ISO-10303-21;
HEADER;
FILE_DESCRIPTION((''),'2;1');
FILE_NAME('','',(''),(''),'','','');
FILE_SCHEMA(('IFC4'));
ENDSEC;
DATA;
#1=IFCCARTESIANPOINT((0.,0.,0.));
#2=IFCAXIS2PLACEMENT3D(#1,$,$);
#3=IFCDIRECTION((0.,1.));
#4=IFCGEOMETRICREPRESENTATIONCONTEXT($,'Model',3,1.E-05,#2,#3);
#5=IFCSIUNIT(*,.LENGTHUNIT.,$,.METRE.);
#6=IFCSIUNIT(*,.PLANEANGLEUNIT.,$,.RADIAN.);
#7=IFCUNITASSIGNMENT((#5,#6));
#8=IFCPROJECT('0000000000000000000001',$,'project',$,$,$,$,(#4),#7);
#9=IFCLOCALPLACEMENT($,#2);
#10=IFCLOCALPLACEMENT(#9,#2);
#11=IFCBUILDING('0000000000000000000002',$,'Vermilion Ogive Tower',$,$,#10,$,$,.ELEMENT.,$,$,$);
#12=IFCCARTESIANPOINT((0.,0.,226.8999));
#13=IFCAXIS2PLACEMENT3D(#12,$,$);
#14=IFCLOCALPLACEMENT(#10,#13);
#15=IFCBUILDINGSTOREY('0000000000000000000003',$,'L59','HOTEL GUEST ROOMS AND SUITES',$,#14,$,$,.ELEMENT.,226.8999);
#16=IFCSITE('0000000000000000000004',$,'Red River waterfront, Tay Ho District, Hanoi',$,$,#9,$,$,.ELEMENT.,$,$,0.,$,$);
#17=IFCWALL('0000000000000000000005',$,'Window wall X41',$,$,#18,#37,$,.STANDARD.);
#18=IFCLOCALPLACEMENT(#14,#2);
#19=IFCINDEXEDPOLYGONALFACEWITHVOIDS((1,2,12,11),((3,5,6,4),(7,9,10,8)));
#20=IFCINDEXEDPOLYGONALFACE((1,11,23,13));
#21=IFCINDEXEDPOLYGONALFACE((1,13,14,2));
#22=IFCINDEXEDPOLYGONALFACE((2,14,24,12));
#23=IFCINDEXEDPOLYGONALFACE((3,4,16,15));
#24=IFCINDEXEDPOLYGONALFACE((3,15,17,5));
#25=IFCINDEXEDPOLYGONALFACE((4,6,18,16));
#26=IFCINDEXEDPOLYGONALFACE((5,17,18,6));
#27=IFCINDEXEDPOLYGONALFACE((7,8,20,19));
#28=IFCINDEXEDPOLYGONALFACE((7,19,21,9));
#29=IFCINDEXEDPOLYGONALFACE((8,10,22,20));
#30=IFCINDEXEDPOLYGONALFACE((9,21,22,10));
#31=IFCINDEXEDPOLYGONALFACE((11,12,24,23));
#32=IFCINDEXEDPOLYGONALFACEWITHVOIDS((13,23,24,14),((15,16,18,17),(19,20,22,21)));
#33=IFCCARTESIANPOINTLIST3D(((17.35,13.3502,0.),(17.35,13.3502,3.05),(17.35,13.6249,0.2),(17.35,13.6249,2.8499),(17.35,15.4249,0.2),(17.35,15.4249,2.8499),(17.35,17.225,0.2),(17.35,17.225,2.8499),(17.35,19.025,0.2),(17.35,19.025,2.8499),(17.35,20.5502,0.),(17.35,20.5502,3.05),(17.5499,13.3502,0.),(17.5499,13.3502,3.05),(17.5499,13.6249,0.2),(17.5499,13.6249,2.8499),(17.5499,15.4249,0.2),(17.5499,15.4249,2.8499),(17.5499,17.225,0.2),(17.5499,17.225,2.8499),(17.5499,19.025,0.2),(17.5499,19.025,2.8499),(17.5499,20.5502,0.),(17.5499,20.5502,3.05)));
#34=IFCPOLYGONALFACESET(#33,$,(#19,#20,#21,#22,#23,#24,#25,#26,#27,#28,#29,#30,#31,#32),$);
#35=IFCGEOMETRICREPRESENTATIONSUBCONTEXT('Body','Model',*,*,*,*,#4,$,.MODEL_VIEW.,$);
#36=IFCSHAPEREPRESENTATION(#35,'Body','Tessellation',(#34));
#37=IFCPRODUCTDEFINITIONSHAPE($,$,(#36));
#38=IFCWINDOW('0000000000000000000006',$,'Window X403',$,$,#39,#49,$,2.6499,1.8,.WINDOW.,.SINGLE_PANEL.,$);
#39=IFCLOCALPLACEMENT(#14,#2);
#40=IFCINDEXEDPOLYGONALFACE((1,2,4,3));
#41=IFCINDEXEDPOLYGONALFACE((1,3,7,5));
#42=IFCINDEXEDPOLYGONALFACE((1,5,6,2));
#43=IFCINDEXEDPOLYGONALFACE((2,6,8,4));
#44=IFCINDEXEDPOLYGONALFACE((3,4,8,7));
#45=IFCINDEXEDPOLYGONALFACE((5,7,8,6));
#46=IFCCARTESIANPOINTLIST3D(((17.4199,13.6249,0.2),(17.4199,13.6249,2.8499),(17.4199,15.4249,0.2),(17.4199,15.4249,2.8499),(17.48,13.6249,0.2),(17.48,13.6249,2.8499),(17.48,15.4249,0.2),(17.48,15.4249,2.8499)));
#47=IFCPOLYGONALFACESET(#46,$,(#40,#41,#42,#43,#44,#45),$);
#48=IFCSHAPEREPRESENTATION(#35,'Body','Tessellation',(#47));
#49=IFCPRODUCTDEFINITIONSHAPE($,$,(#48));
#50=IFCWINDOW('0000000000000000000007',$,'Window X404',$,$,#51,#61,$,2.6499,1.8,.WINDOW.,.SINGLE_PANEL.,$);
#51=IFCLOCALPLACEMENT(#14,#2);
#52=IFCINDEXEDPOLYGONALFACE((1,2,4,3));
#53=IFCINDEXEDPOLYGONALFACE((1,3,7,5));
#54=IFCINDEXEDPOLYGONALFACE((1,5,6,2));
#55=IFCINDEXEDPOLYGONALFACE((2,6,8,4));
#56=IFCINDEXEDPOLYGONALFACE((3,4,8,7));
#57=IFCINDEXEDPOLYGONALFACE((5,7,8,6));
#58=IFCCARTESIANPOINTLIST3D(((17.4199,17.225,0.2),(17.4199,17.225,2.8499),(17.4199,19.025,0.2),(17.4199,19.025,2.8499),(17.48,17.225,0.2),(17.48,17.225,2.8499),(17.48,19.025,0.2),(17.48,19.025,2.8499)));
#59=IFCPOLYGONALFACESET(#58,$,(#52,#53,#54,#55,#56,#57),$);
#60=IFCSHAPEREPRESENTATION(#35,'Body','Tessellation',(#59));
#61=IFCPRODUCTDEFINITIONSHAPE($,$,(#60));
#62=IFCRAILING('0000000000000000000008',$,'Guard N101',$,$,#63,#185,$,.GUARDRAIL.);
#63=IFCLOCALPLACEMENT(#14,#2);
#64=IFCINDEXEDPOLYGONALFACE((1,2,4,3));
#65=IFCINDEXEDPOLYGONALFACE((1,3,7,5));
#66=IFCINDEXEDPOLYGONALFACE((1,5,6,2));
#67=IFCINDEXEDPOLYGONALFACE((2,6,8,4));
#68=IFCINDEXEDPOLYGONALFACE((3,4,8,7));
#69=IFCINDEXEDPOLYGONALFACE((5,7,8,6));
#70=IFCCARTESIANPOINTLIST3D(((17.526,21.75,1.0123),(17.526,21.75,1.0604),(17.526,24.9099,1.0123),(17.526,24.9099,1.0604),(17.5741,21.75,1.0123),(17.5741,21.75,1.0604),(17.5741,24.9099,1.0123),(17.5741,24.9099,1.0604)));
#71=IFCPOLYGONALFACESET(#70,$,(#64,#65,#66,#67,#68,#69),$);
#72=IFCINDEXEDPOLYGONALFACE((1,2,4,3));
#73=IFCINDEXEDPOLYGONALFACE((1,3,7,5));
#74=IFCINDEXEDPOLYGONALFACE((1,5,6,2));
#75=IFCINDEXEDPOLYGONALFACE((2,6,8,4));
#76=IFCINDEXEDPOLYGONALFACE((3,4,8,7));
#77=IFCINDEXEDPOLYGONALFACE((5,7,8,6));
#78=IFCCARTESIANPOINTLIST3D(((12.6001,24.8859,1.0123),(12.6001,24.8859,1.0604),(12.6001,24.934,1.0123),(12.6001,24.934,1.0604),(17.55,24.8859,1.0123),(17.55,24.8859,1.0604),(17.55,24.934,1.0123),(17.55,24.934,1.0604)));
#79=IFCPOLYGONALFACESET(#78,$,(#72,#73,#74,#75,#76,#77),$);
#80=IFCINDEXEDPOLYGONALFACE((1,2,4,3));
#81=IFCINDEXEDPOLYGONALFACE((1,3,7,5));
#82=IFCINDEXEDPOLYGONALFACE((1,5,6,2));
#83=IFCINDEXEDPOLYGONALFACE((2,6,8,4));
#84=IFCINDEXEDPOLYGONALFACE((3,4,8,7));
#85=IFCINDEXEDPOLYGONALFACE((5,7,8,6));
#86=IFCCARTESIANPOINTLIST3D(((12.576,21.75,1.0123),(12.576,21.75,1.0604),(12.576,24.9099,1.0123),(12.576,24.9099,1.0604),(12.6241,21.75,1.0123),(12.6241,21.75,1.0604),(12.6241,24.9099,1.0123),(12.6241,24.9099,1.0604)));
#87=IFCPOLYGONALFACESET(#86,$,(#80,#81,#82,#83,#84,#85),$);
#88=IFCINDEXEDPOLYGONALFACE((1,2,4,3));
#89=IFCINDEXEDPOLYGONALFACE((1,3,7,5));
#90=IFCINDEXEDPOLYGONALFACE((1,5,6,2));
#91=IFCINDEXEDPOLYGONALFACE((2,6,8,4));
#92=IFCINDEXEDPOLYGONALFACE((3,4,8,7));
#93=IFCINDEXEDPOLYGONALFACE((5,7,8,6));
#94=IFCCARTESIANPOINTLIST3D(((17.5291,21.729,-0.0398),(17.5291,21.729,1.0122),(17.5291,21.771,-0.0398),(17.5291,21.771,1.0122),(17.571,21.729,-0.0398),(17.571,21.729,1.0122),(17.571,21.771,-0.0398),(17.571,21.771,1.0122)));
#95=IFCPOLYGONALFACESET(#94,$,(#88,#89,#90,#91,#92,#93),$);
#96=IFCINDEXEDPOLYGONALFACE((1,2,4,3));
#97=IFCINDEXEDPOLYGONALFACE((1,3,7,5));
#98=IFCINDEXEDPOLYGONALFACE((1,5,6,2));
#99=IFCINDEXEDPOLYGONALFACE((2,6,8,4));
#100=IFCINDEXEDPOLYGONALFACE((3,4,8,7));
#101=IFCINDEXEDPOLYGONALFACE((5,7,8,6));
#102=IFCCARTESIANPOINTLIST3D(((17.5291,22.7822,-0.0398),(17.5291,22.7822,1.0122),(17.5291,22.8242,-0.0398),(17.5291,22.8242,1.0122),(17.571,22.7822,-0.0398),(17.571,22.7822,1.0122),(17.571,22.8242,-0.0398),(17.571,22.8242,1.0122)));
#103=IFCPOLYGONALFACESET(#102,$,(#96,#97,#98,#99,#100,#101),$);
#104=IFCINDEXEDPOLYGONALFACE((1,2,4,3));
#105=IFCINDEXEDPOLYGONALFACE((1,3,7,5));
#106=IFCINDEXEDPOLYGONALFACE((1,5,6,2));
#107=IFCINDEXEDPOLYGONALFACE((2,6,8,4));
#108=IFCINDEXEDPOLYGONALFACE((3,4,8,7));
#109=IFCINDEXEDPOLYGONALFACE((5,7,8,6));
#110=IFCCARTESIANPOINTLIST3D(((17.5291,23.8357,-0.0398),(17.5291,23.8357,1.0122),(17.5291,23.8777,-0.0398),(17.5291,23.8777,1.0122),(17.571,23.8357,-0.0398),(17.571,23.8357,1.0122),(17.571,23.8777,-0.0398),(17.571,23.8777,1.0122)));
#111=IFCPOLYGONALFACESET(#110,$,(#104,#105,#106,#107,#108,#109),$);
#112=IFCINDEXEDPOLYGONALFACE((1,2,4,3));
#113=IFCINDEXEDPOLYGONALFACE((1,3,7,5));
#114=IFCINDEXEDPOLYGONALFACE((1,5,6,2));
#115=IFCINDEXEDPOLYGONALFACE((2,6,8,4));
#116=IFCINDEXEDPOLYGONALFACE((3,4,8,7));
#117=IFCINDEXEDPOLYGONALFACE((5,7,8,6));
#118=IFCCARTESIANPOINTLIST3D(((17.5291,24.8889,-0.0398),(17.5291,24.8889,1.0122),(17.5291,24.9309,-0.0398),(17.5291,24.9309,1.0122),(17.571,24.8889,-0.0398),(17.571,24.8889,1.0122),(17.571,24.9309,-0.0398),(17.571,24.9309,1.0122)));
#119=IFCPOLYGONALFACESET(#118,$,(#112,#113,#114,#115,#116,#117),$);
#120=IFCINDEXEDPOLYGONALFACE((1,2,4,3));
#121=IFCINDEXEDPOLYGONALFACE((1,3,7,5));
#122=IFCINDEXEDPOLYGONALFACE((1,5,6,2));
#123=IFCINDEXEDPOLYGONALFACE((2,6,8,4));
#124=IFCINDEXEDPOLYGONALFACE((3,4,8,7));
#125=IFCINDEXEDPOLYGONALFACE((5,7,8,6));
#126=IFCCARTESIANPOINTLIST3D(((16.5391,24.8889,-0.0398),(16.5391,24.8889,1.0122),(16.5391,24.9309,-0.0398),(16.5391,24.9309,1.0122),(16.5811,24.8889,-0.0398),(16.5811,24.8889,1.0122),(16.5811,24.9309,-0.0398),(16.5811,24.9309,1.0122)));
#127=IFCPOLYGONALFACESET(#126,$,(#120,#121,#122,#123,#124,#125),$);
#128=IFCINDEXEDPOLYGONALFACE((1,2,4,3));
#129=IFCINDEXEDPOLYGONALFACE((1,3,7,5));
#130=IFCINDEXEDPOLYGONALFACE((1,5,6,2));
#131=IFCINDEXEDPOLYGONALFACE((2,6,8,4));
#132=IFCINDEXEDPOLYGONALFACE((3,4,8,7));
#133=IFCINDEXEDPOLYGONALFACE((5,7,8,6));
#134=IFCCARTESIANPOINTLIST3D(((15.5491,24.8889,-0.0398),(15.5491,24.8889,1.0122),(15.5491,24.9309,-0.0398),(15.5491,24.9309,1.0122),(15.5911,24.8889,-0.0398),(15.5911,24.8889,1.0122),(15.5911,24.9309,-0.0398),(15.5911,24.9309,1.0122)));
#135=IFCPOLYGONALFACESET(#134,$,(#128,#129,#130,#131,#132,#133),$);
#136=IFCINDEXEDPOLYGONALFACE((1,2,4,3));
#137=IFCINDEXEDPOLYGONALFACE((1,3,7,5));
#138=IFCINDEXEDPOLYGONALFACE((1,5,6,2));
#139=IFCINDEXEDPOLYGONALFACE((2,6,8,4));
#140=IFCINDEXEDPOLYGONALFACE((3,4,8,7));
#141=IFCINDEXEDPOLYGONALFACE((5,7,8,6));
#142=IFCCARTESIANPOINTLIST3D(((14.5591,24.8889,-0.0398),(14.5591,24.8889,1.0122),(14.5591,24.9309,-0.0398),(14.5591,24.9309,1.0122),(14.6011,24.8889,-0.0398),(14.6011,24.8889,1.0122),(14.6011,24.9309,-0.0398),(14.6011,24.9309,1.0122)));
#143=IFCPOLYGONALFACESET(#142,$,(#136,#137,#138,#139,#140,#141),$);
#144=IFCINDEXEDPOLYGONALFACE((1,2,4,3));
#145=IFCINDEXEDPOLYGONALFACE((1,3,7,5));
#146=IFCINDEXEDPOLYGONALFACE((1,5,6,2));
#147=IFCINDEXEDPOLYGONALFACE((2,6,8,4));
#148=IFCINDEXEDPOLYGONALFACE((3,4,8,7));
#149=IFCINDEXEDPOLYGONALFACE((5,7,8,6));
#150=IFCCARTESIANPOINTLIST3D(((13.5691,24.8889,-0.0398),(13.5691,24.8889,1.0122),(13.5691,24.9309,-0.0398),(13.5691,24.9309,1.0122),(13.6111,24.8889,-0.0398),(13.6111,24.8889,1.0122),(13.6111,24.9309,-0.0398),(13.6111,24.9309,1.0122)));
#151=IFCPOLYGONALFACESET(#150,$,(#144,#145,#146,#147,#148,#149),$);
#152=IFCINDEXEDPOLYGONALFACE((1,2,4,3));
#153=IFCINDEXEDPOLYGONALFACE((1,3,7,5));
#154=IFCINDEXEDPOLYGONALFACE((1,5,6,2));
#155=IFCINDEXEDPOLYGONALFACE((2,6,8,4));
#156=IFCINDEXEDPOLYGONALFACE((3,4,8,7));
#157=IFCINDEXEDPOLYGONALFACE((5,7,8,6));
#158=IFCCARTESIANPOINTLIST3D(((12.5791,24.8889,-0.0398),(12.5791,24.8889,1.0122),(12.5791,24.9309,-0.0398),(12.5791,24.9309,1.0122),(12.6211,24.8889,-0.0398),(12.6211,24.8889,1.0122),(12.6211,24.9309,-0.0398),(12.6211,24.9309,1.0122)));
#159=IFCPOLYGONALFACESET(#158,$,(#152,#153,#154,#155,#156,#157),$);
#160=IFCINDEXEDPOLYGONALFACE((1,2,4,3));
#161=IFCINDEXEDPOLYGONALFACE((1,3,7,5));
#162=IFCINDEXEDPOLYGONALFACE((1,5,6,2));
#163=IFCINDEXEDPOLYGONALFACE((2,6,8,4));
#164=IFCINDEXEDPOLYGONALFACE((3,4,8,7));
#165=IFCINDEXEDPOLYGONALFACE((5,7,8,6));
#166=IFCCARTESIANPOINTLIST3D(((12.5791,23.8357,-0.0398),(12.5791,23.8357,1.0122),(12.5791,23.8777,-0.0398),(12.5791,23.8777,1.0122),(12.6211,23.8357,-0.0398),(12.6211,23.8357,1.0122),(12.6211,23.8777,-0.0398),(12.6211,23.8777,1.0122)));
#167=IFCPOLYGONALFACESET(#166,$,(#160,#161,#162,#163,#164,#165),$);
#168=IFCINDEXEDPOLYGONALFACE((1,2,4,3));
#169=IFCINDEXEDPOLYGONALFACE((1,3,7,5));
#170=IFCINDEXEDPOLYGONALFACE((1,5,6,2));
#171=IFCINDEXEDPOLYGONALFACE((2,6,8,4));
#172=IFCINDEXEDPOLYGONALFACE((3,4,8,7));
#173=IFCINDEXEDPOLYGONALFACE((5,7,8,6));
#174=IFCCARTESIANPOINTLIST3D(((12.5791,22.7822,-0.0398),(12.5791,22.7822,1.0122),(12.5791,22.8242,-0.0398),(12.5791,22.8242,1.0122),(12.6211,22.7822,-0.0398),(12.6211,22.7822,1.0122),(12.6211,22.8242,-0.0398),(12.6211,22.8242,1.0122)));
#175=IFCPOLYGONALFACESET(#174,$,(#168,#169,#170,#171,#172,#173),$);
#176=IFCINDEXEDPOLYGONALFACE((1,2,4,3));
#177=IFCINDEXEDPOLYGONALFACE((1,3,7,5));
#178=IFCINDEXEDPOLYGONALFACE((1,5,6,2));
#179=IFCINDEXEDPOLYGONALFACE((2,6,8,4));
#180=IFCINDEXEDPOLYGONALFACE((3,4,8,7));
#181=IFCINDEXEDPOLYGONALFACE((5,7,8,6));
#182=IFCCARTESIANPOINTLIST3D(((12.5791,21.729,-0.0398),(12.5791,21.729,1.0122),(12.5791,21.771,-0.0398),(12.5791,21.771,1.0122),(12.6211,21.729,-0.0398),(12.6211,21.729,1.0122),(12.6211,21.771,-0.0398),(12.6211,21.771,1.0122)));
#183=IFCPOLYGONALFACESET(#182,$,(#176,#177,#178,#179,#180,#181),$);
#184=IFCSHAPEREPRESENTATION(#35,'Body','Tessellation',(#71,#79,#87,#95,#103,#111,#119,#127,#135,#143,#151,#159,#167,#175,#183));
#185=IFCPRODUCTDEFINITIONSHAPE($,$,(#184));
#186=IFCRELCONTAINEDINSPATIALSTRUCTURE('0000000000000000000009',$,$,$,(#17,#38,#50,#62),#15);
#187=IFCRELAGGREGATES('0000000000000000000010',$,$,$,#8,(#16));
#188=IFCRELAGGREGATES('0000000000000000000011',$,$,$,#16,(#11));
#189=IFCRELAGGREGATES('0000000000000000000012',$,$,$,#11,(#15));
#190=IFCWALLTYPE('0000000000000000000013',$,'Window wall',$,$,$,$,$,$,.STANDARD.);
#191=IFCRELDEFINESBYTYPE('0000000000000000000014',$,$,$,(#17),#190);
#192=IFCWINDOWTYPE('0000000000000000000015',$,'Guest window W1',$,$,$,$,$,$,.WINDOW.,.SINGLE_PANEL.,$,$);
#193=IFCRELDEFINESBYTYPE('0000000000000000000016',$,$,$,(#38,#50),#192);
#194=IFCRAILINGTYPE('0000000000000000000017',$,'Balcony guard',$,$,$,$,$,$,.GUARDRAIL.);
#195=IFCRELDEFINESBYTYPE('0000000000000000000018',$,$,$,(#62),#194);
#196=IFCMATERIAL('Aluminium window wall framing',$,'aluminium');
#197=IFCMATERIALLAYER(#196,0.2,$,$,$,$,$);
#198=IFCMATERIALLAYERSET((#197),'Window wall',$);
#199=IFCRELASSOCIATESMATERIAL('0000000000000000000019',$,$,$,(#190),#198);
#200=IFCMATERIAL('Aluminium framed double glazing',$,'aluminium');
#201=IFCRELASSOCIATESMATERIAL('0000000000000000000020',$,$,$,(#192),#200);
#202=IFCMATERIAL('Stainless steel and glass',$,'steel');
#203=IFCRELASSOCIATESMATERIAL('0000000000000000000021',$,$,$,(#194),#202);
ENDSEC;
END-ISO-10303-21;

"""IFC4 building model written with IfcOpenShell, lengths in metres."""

from ifc_helpers import new_model, si_unit, direction, frame, frame_2d, origin, origin_2d, place, context, subcontext, project, spatial, rectangle, extrude, material, layer, layer_set, type_object, element, fill, save


model = new_model("IFC4")

# Units and contexts
model_context = context("Model", 3, precision=1e-05, world=origin(), true_north=direction((0.0, 1.0)))
body_context = subcontext(model_context, "Body", "Model", "MODEL_VIEW")
ifc_project = project(units=[si_unit("LENGTHUNIT", "METRE"), si_unit("PLANEANGLEUNIT", "RADIAN")], contexts=[model_context])

# Site, building, storey
site_placement = place(None, origin())
site = spatial("IfcSite", under=ifc_project, at=site_placement, Name="Red River waterfront, Tay Ho District, Hanoi", CompositionType="ELEMENT", RefElevation=0.0)
building_placement = place(site_placement, origin())
building = spatial("IfcBuilding", under=site, at=building_placement, Name="Vermilion Ogive Tower", CompositionType="ELEMENT")
storey_placement = place(building_placement, frame((0.0, 0.0, 226.8999)))
storey = spatial("IfcBuildingStorey", under=building, at=storey_placement, Name="L59", Description="HOTEL GUEST ROOMS AND SUITES", CompositionType="ELEMENT", Elevation=226.8999)

# Shared definitions
ifc_material_1 = material(Name="Aluminium window wall framing", Category="aluminium")
ifc_layer_1 = layer(ifc_material_1, 0.2)
ifc_layer_set_1 = layer_set([ifc_layer_1], Name="Window wall")
wall_type_1 = type_object("IfcWallType", Name="Window wall", PredefinedType="STANDARD", material=ifc_layer_set_1)

# Wall, openings, windows
wall_1_placement = place(storey_placement, frame((17.45, 13.3501, 0.0), z_axis=(0.0, 0.0, 1.0), x_axis=(0.0, 1.0, 0.0)))
wall_1 = element("IfcWall", 1, at=wall_1_placement, inside=storey, type_object=wall_type_1, Name="Window wall X41", PredefinedType="STANDARD", context=body_context, shape_type="SweptSolid", body=[
    extrude(rectangle(XDim=7.2, YDim=0.2, at=frame_2d((3.6001, 0.0))), origin(), (0.0, 0.0, 1.0), 3.05),
])
opening_1_placement = place(wall_1_placement, frame((0.2749, 0.0, 0.2)))
opening_1 = element("IfcOpeningElement", 2, at=opening_1_placement, cuts=wall_1, PredefinedType="OPENING", context=body_context, shape_type="SweptSolid", body=[
    extrude(rectangle(XDim=1.8, YDim=2.6499, at=frame_2d((0.8999, 1.325))), frame((0.0, 0.1099, 0.0), z_axis=(0.0, -1.0, 0.0), x_axis=(1.0, 0.0, 0.0)), (0.0, 0.0, 1.0), 0.22),
])
opening_2_placement = place(wall_1_placement, frame((3.875, 0.0, 0.2)))
opening_2 = element("IfcOpeningElement", 3, at=opening_2_placement, cuts=wall_1, PredefinedType="OPENING", context=body_context, shape_type="SweptSolid", body=[
    extrude(rectangle(XDim=1.8, YDim=2.6499, at=frame_2d((0.8999, 1.325))), frame((0.0, 0.1099, 0.0), z_axis=(0.0, -1.0, 0.0), x_axis=(1.0, 0.0, 0.0)), (0.0, 0.0, 1.0), 0.22),
])
ifc_material_2 = material(Name="Aluminium framed double glazing", Category="aluminium")
window_type = type_object("IfcWindowType", Name="Guest window W1", PartitioningType="SINGLE_PANEL", PredefinedType="WINDOW", material=ifc_material_2)
window_1_placement = place(opening_1_placement, origin())
window_1 = element("IfcWindow", 4, at=window_1_placement, inside=storey, type_object=window_type, Name="Window X403", OverallHeight=2.6499, OverallWidth=1.8, PartitioningType="SINGLE_PANEL", PredefinedType="WINDOW", context=body_context, shape_type="SweptSolid", body=[
    extrude(rectangle(XDim=1.8, YDim=2.6499, at=frame_2d((0.8999, 1.325))), frame((0.0, 0.03, 0.0), z_axis=(0.0, -1.0, 0.0), x_axis=(1.0, 0.0, 0.0)), (0.0, 0.0, 1.0), 0.0601),
])
fill(opening_1, window_1)
window_2_placement = place(opening_2_placement, origin())
window_2 = element("IfcWindow", 5, at=window_2_placement, inside=storey, type_object=window_type, Name="Window X404", OverallHeight=2.6499, OverallWidth=1.8, PartitioningType="SINGLE_PANEL", PredefinedType="WINDOW", context=body_context, shape_type="SweptSolid", body=[
    extrude(rectangle(XDim=1.8, YDim=2.6499, at=frame_2d((0.8999, 1.325))), frame((0.0, 0.03, 0.0), z_axis=(0.0, -1.0, 0.0), x_axis=(1.0, 0.0, 0.0)), (0.0, 0.0, 1.0), 0.0601),
])
fill(opening_2, window_2)

# Railing
ifc_material_3 = material(Name="Stainless steel and glass", Category="steel")
railing_type = type_object("IfcRailingType", Name="Balcony guard", PredefinedType="GUARDRAIL", material=ifc_material_3)
railing_placement = place(storey_placement, frame((17.55, 21.75, -0.0398)))
element("IfcRailing", 6, at=railing_placement, inside=storey, type_object=railing_type, Name="Guard N101", PredefinedType="GUARDRAIL", context=body_context, shape_type="SweptSolid", body=[
    extrude(rectangle(XDim=0.0481, YDim=0.0481, at=origin_2d()), frame((0.0, 0.0, 1.0762), z_axis=(0.0, 1.0, 0.0), x_axis=(-1.0, 0.0, 0.0)), (0.0, 0.0, 1.0), 3.1599),
    extrude(rectangle(XDim=0.0481, YDim=0.0481, at=origin_2d()), frame((0.0, 3.1599, 1.0762), z_axis=(-1.0, 0.0, 0.0), x_axis=(0.0, -1.0, 0.0)), (0.0, 0.0, 1.0), 4.95),
    extrude(rectangle(XDim=0.0481, YDim=0.0481, at=origin_2d()), frame((-4.95, 3.1599, 1.0762), z_axis=(0.0, -1.0, 0.0), x_axis=(1.0, 0.0, 0.0)), (0.0, 0.0, 1.0), 3.1599),
    extrude(rectangle(XDim=0.042, YDim=0.042, at=origin_2d()), origin(), (0.0, 0.0, 1.0), 1.052),
    extrude(rectangle(XDim=0.042, YDim=0.042, at=origin_2d()), frame((0.0, 1.0532, 0.0)), (0.0, 0.0, 1.0), 1.052),
    extrude(rectangle(XDim=0.042, YDim=0.042, at=origin_2d()), frame((0.0, 2.1067, 0.0)), (0.0, 0.0, 1.0), 1.052),
    extrude(rectangle(XDim=0.042, YDim=0.042, at=origin_2d()), frame((0.0, 3.1599, 0.0)), (0.0, 0.0, 1.0), 1.052),
    extrude(rectangle(XDim=0.042, YDim=0.042, at=origin_2d()), frame((-0.99, 3.1599, 0.0)), (0.0, 0.0, 1.0), 1.052),
    extrude(rectangle(XDim=0.042, YDim=0.042, at=origin_2d()), frame((-1.98, 3.1599, 0.0)), (0.0, 0.0, 1.0), 1.052),
    extrude(rectangle(XDim=0.042, YDim=0.042, at=origin_2d()), frame((-2.97, 3.1599, 0.0)), (0.0, 0.0, 1.0), 1.052),
    extrude(rectangle(XDim=0.042, YDim=0.042, at=origin_2d()), frame((-3.96, 3.1599, 0.0)), (0.0, 0.0, 1.0), 1.052),
    extrude(rectangle(XDim=0.042, YDim=0.042, at=origin_2d()), frame((-4.95, 3.1599, 0.0)), (0.0, 0.0, 1.0), 1.052),
    extrude(rectangle(XDim=0.042, YDim=0.042, at=origin_2d()), frame((-4.95, 2.1067, 0.0)), (0.0, 0.0, 1.0), 1.052),
    extrude(rectangle(XDim=0.042, YDim=0.042, at=origin_2d()), frame((-4.95, 1.0532, 0.0)), (0.0, 0.0, 1.0), 1.052),
    extrude(rectangle(XDim=0.042, YDim=0.042, at=origin_2d()), frame((-4.95, 0.0, 0.0)), (0.0, 0.0, 1.0), 1.052),
])

save(model, "model.ifc")
